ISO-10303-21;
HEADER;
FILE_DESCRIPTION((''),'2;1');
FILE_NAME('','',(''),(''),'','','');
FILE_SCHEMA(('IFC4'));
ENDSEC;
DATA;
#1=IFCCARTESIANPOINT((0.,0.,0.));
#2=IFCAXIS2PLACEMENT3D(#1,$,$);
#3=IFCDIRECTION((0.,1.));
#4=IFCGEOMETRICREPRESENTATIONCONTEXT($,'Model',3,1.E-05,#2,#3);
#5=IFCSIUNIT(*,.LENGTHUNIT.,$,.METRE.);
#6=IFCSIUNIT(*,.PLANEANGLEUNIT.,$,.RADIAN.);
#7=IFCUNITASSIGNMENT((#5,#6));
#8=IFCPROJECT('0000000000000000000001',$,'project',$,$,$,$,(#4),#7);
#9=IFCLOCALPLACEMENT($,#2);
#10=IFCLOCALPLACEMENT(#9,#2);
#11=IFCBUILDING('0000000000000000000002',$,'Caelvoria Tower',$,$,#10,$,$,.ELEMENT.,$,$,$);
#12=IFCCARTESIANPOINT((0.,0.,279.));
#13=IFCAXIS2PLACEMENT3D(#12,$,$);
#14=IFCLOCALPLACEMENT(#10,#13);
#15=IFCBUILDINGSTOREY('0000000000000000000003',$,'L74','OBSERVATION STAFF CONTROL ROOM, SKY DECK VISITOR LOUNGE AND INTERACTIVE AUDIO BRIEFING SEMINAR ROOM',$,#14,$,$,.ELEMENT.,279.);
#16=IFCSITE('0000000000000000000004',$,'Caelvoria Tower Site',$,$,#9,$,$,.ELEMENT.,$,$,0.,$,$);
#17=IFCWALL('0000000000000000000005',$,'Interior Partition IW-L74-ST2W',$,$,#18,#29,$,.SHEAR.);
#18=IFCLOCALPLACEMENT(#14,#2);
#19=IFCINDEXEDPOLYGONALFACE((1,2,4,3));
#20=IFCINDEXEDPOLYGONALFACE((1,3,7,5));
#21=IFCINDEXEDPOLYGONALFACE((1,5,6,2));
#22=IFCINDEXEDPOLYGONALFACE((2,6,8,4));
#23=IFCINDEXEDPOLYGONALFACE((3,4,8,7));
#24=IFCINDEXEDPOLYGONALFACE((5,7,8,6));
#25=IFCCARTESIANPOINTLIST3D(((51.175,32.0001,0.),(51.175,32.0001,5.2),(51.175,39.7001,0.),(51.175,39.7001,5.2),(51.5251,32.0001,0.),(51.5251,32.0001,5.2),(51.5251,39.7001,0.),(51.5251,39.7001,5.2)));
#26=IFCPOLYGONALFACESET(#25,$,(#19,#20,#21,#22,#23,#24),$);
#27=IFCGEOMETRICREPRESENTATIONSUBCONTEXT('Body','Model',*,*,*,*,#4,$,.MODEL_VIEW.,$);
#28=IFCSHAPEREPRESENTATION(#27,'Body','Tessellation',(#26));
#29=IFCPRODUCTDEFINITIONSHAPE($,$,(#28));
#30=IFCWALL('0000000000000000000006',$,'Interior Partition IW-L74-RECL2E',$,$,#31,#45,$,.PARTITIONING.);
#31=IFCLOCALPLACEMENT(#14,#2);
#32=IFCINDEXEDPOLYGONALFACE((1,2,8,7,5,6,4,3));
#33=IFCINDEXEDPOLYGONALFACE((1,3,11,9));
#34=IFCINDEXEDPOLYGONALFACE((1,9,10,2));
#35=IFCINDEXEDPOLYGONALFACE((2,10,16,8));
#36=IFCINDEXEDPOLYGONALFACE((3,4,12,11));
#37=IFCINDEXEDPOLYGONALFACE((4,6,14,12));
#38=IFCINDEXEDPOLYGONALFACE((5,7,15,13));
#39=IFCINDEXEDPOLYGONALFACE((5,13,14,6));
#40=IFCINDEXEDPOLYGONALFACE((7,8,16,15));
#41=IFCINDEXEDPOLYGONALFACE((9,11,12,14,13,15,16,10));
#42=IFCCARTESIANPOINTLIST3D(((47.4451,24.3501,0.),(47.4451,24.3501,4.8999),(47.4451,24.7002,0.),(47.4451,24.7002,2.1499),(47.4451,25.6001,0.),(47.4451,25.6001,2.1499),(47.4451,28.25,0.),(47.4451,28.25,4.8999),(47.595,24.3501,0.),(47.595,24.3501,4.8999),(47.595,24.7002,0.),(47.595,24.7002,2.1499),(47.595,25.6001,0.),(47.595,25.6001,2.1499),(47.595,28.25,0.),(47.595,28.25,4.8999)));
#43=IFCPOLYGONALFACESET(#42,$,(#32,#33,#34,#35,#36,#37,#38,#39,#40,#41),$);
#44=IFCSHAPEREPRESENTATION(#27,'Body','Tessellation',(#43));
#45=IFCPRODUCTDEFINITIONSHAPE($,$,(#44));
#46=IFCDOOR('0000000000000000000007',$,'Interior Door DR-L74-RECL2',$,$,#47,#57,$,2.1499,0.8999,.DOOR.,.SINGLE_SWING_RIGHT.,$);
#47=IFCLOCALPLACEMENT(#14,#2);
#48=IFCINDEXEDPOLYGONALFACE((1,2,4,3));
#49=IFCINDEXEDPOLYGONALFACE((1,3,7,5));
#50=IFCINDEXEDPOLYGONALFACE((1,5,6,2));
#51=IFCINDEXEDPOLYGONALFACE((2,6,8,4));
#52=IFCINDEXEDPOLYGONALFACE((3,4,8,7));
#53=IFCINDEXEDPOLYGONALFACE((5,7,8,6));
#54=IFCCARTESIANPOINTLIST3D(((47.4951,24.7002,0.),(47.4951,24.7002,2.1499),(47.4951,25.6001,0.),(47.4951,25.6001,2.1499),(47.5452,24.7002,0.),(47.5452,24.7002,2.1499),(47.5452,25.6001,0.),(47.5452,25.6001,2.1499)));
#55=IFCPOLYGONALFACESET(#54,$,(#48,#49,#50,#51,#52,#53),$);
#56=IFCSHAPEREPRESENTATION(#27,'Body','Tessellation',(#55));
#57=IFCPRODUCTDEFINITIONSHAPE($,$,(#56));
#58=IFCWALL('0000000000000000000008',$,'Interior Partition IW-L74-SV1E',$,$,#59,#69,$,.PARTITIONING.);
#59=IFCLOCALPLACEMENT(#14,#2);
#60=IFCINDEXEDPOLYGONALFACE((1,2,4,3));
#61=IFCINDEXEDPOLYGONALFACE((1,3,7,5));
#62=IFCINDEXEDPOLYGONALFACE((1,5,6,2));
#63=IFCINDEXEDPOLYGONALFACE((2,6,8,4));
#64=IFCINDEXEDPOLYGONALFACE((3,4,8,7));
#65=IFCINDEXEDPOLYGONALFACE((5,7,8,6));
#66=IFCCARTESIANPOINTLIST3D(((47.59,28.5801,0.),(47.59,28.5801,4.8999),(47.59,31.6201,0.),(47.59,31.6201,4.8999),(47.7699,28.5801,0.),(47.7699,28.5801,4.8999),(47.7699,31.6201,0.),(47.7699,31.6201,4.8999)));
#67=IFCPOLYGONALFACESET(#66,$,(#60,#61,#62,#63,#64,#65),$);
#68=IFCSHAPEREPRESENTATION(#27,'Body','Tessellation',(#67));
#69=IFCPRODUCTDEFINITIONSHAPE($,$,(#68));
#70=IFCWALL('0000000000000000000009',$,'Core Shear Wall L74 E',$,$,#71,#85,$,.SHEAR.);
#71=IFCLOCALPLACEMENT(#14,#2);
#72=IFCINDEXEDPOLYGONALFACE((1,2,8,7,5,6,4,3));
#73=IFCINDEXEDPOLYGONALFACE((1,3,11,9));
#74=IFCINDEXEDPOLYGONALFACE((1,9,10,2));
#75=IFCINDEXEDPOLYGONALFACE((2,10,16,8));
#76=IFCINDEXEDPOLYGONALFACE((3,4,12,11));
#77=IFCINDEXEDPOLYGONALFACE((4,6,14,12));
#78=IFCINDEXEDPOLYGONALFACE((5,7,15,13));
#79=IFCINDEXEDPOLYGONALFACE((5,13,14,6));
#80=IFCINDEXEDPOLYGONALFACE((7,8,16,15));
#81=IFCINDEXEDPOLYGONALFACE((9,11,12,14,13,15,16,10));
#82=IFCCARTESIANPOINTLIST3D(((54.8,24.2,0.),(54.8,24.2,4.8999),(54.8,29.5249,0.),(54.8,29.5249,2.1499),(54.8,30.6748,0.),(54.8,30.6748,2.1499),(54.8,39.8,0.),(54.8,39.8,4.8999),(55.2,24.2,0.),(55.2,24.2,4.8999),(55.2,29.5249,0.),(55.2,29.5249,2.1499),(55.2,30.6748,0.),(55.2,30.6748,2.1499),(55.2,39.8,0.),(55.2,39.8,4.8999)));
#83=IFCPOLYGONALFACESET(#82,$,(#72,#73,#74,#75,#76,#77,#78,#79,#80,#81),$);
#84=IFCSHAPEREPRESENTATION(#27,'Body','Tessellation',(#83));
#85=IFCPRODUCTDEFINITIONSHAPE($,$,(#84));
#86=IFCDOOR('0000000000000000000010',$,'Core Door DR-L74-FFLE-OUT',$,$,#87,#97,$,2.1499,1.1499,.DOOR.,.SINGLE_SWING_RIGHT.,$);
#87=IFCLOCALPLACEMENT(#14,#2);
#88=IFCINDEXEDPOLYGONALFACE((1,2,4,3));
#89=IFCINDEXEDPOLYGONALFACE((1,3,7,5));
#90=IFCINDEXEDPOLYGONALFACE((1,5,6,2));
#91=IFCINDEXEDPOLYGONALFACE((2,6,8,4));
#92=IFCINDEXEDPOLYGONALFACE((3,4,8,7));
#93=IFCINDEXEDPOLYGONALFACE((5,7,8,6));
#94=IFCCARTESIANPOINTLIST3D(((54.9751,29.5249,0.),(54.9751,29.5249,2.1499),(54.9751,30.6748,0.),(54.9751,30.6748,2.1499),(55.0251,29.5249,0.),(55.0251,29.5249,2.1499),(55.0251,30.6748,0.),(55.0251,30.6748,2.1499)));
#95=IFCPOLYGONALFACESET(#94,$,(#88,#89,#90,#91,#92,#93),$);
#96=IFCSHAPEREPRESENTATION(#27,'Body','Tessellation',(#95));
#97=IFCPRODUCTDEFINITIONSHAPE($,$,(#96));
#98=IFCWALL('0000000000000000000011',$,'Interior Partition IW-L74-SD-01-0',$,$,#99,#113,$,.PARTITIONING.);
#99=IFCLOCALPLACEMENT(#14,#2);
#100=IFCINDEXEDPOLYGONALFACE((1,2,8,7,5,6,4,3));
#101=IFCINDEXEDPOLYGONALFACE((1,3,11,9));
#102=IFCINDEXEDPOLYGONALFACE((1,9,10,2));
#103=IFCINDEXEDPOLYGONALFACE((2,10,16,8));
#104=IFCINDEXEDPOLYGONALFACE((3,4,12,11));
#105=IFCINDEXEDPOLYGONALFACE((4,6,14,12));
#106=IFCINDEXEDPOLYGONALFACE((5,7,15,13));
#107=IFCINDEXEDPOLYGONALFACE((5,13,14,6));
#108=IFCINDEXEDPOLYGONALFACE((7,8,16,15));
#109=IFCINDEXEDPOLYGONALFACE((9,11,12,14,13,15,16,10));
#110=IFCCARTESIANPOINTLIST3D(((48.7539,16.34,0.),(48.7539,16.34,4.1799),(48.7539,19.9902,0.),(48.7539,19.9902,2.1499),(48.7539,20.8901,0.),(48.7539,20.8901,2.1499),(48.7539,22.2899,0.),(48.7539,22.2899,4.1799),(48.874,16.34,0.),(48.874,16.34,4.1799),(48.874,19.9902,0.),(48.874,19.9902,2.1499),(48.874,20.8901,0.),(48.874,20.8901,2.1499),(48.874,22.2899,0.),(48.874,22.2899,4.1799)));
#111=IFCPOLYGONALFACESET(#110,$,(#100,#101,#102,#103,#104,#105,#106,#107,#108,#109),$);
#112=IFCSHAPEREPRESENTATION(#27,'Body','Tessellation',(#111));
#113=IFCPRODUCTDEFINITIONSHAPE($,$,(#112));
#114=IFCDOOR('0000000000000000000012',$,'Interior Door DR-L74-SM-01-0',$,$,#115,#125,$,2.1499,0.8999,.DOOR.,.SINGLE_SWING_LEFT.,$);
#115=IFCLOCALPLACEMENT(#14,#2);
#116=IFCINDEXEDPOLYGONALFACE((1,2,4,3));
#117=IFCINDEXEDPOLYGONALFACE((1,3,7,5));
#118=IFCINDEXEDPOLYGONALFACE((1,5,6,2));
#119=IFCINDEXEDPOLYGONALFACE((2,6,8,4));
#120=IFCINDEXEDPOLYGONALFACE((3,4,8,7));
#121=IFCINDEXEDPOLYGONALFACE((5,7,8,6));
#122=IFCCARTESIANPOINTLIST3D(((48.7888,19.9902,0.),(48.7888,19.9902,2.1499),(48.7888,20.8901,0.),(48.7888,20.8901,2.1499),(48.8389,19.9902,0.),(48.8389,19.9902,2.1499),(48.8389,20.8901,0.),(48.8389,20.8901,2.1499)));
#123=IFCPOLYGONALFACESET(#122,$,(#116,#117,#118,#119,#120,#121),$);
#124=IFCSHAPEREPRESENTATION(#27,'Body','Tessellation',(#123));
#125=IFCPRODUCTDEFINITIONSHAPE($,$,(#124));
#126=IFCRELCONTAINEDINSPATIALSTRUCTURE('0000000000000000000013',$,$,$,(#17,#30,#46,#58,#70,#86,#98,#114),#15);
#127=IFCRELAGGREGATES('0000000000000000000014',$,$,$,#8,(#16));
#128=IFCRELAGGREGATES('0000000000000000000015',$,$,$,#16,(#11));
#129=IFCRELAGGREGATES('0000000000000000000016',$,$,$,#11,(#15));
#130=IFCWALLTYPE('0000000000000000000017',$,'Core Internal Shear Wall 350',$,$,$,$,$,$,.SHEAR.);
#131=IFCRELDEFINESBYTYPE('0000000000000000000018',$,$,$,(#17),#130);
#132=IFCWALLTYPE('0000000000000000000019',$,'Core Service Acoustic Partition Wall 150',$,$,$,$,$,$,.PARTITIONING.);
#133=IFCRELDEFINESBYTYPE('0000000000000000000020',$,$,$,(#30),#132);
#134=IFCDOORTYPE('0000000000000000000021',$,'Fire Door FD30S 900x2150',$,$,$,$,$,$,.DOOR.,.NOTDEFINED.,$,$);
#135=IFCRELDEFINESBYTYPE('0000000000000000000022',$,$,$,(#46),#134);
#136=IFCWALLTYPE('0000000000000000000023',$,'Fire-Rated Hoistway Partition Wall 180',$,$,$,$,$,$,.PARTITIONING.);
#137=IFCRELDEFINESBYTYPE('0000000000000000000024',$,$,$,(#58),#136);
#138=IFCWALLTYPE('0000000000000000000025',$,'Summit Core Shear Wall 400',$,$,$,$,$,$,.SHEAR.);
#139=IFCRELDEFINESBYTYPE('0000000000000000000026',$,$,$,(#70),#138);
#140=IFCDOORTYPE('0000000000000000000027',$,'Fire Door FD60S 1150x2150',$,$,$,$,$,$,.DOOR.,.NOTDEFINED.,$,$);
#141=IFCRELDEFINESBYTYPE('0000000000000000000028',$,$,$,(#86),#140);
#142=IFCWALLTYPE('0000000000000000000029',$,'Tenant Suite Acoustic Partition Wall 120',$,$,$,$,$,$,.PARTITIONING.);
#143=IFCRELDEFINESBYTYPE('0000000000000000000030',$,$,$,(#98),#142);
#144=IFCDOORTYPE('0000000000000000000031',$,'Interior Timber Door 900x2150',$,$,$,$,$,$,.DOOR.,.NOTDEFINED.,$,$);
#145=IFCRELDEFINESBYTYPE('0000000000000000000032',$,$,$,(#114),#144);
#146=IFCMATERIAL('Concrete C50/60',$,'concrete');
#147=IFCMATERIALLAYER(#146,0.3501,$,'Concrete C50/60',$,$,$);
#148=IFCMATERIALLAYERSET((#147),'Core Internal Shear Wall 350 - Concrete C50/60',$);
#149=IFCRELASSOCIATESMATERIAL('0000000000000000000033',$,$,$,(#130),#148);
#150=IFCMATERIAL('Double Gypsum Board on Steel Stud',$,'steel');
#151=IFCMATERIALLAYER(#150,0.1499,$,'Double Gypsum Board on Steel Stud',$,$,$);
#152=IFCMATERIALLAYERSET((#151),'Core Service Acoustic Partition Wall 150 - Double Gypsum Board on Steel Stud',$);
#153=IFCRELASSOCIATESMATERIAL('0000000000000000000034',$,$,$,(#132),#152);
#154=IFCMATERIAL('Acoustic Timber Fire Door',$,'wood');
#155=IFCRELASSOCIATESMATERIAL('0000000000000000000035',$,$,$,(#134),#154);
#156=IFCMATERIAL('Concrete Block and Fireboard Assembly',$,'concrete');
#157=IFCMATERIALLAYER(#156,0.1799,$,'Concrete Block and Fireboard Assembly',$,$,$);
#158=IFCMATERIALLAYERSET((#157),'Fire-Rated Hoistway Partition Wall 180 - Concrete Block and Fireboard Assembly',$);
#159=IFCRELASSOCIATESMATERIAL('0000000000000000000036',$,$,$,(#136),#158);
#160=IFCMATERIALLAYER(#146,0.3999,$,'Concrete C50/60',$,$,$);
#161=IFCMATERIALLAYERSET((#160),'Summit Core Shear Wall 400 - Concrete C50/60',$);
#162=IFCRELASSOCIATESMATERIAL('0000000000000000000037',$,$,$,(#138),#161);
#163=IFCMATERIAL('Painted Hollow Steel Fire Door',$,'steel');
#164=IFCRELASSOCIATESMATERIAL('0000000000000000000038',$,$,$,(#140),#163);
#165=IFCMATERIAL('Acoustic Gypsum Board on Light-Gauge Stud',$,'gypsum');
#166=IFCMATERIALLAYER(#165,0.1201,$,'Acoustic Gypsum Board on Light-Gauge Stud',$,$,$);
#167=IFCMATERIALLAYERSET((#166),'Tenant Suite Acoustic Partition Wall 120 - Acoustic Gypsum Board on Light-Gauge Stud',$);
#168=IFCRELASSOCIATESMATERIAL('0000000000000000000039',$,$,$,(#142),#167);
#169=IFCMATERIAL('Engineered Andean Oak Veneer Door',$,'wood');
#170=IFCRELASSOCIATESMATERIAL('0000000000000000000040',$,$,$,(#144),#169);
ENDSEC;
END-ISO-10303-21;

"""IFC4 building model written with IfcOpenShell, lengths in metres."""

from ifc_helpers import new_model, si_unit, direction, frame, frame_2d, origin, place, context, subcontext, project, spatial, rectangle, extrude, material, layer, layer_set, type_object, element, fill, save


model = new_model("IFC4")

# Units and contexts
model_context = context("Model", 3, precision=1e-05, world=origin(), true_north=direction((0.0, 1.0)))
body_context = subcontext(model_context, "Body", "Model", "MODEL_VIEW")
ifc_project = project(units=[si_unit("LENGTHUNIT", "METRE"), si_unit("PLANEANGLEUNIT", "RADIAN")], contexts=[model_context])

# Site, building, storey
site_placement = place(None, origin())
site = spatial("IfcSite", under=ifc_project, at=site_placement, Name="Caelvoria Tower Site", CompositionType="ELEMENT", RefElevation=0.0)
building_placement = place(site_placement, origin())
building = spatial("IfcBuilding", under=site, at=building_placement, Name="Caelvoria Tower", CompositionType="ELEMENT")
storey_placement = place(building_placement, frame((0.0, 0.0, 279.0)))
storey = spatial("IfcBuildingStorey", under=building, at=storey_placement, Name="L74", Description="OBSERVATION STAFF CONTROL ROOM, SKY DECK VISITOR LOUNGE AND INTERACTIVE AUDIO BRIEFING SEMINAR ROOM", CompositionType="ELEMENT", Elevation=279.0)

# Wall
ifc_material_1 = material(Name="Concrete C50/60", Category="concrete")
ifc_layer_1 = layer(ifc_material_1, 0.3501, Name="Concrete C50/60")
ifc_layer_set_1 = layer_set([ifc_layer_1], Name="Core Internal Shear Wall 350 - Concrete C50/60")
wall_type_1 = type_object("IfcWallType", Name="Core Internal Shear Wall 350", PredefinedType="SHEAR", material=ifc_layer_set_1)
wall_1_placement = place(storey_placement, frame((51.3501, 32.0, 0.0), z_axis=(0.0, 0.0, 1.0), x_axis=(0.0, 1.0, 0.0)))
element("IfcWall", 1, at=wall_1_placement, inside=storey, type_object=wall_type_1, Name="Interior Partition IW-L74-ST2W", PredefinedType="SHEAR", context=body_context, shape_type="SweptSolid", body=[
    extrude(rectangle(XDim=7.7, YDim=0.3501, at=frame_2d((3.8501, 0.0))), origin(), (0.0, 0.0, 1.0), 5.2),
])

# Wall, opening, door
ifc_material_2 = material(Name="Double Gypsum Board on Steel Stud", Category="steel")
ifc_layer_2 = layer(ifc_material_2, 0.1499, Name="Double Gypsum Board on Steel Stud")
ifc_layer_set_2 = layer_set([ifc_layer_2], Name="Core Service Acoustic Partition Wall 150 - Double Gypsum Board on Steel Stud")
wall_type_2 = type_object("IfcWallType", Name="Core Service Acoustic Partition Wall 150", PredefinedType="PARTITIONING", material=ifc_layer_set_2)
wall_2_placement = place(storey_placement, frame((47.52, 24.3501, 0.0), z_axis=(0.0, 0.0, 1.0), x_axis=(0.0, 1.0, 0.0)))
wall_2 = element("IfcWall", 2, at=wall_2_placement, inside=storey, type_object=wall_type_2, Name="Interior Partition IW-L74-RECL2E", PredefinedType="PARTITIONING", context=body_context, shape_type="SweptSolid", body=[
    extrude(rectangle(XDim=3.8999, YDim=0.1499, at=frame_2d((1.95, 0.0))), origin(), (0.0, 0.0, 1.0), 4.8999),
])
opening_1_placement = place(wall_2_placement, frame((0.3501, 0.0, 0.0)))
opening_1 = element("IfcOpeningElement", 3, at=opening_1_placement, cuts=wall_2, PredefinedType="OPENING", context=body_context, shape_type="SweptSolid", body=[
    extrude(rectangle(XDim=0.8999, YDim=2.1499, at=frame_2d((0.45, 1.075))), frame((0.0, 0.085, 0.0), z_axis=(0.0, -1.0, 0.0), x_axis=(1.0, 0.0, 0.0)), (0.0, 0.0, 1.0), 0.1699),
])
ifc_material_3 = material(Name="Acoustic Timber Fire Door", Category="wood")
door_type_1 = type_object("IfcDoorType", Name="Fire Door FD30S 900x2150", OperationType="NOTDEFINED", PredefinedType="DOOR", material=ifc_material_3)
door_1_placement = place(opening_1_placement, origin())
door_1 = element("IfcDoor", 4, at=door_1_placement, inside=storey, type_object=door_type_1, Name="Interior Door DR-L74-RECL2", OperationType="SINGLE_SWING_RIGHT", OverallHeight=2.1499, OverallWidth=0.8999, PredefinedType="DOOR", context=body_context, shape_type="SweptSolid", body=[
    extrude(rectangle(XDim=0.8999, YDim=2.1499, at=frame_2d((0.45, 1.075))), frame((0.0, 0.0249, 0.0), z_axis=(0.0, -1.0, 0.0), x_axis=(1.0, 0.0, 0.0)), (0.0, 0.0, 1.0), 0.05),
])
fill(opening_1, door_1)

# Wall
ifc_material_4 = material(Name="Concrete Block and Fireboard Assembly", Category="concrete")
ifc_layer_3 = layer(ifc_material_4, 0.1799, Name="Concrete Block and Fireboard Assembly")
ifc_layer_set_3 = layer_set([ifc_layer_3], Name="Fire-Rated Hoistway Partition Wall 180 - Concrete Block and Fireboard Assembly")
wall_type_3 = type_object("IfcWallType", Name="Fire-Rated Hoistway Partition Wall 180", PredefinedType="PARTITIONING", material=ifc_layer_set_3)
wall_3_placement = place(storey_placement, frame((47.6799, 28.5801, 0.0), z_axis=(0.0, 0.0, 1.0), x_axis=(0.0, 1.0, 0.0)))
element("IfcWall", 5, at=wall_3_placement, inside=storey, type_object=wall_type_3, Name="Interior Partition IW-L74-SV1E", PredefinedType="PARTITIONING", context=body_context, shape_type="SweptSolid", body=[
    extrude(rectangle(XDim=3.04, YDim=0.1799, at=frame_2d((1.52, 0.0))), origin(), (0.0, 0.0, 1.0), 4.8999),
])

# Walls, openings, doors
ifc_layer_4 = layer(ifc_material_1, 0.3999, Name="Concrete C50/60")
ifc_layer_set_4 = layer_set([ifc_layer_4], Name="Summit Core Shear Wall 400 - Concrete C50/60")
wall_type_4 = type_object("IfcWallType", Name="Summit Core Shear Wall 400", PredefinedType="SHEAR", material=ifc_layer_set_4)
wall_4_placement = place(storey_placement, frame((55.0, 24.2, 0.0), z_axis=(0.0, 0.0, 1.0), x_axis=(0.0, 1.0, 0.0)))
wall_4 = element("IfcWall", 6, at=wall_4_placement, inside=storey, type_object=wall_type_4, Name="Core Shear Wall L74 E", PredefinedType="SHEAR", context=body_context, shape_type="SweptSolid", body=[
    extrude(rectangle(XDim=15.6001, YDim=0.3999, at=frame_2d((7.8, 0.0))), origin(), (0.0, 0.0, 1.0), 4.8999),
])
opening_2_placement = place(wall_4_placement, frame((5.325, 0.0, 0.0)))
opening_2 = element("IfcOpeningElement", 7, at=opening_2_placement, cuts=wall_4, PredefinedType="OPENING", context=body_context, shape_type="SweptSolid", body=[
    extrude(rectangle(XDim=1.1499, YDim=2.1499, at=frame_2d((0.575, 1.075))), frame((0.0, 0.21, 0.0), z_axis=(0.0, -1.0, 0.0), x_axis=(1.0, 0.0, 0.0)), (0.0, 0.0, 1.0), 0.4199),
])
ifc_material_5 = material(Name="Painted Hollow Steel Fire Door", Category="steel")
door_type_2 = type_object("IfcDoorType", Name="Fire Door FD60S 1150x2150", OperationType="NOTDEFINED", PredefinedType="DOOR", material=ifc_material_5)
door_2_placement = place(opening_2_placement, origin())
door_2 = element("IfcDoor", 8, at=door_2_placement, inside=storey, type_object=door_type_2, Name="Core Door DR-L74-FFLE-OUT", OperationType="SINGLE_SWING_RIGHT", OverallHeight=2.1499, OverallWidth=1.1499, PredefinedType="DOOR", context=body_context, shape_type="SweptSolid", body=[
    extrude(rectangle(XDim=1.1499, YDim=2.1499, at=frame_2d((0.575, 1.075))), frame((0.0, 0.0249, 0.0), z_axis=(0.0, -1.0, 0.0), x_axis=(1.0, 0.0, 0.0)), (0.0, 0.0, 1.0), 0.05),
])
fill(opening_2, door_2)
ifc_material_6 = material(Name="Acoustic Gypsum Board on Light-Gauge Stud", Category="gypsum")
ifc_layer_5 = layer(ifc_material_6, 0.1201, Name="Acoustic Gypsum Board on Light-Gauge Stud")
ifc_layer_set_5 = layer_set([ifc_layer_5], Name="Tenant Suite Acoustic Partition Wall 120 - Acoustic Gypsum Board on Light-Gauge Stud")
wall_type_5 = type_object("IfcWallType", Name="Tenant Suite Acoustic Partition Wall 120", PredefinedType="PARTITIONING", material=ifc_layer_set_5)
wall_5_placement = place(storey_placement, frame((48.814, 22.29, 0.0), z_axis=(0.0, 0.0, 1.0), x_axis=(0.0, -1.0, 0.0)))
wall_5 = element("IfcWall", 9, at=wall_5_placement, inside=storey, type_object=wall_type_5, Name="Interior Partition IW-L74-SD-01-0", PredefinedType="PARTITIONING", context=body_context, shape_type="SweptSolid", body=[
    extrude(rectangle(XDim=5.95, YDim=0.1201, at=frame_2d((2.9751, 0.0))), origin(), (0.0, 0.0, 1.0), 4.1799),
])
opening_3_placement = place(wall_5_placement, frame((1.3999, 0.0, 0.0)))
opening_3 = element("IfcOpeningElement", 10, at=opening_3_placement, cuts=wall_5, PredefinedType="OPENING", context=body_context, shape_type="SweptSolid", body=[
    extrude(rectangle(XDim=0.8999, YDim=2.1499, at=frame_2d((0.45, 1.075))), frame((0.0, 0.0701, 0.0), z_axis=(0.0, -1.0, 0.0), x_axis=(1.0, 0.0, 0.0)), (0.0, 0.0, 1.0), 0.1401),
])
ifc_material_7 = material(Name="Engineered Andean Oak Veneer Door", Category="wood")
door_type_3 = type_object("IfcDoorType", Name="Interior Timber Door 900x2150", OperationType="NOTDEFINED", PredefinedType="DOOR", material=ifc_material_7)
door_3_placement = place(opening_3_placement, origin())
door_3 = element("IfcDoor", 11, at=door_3_placement, inside=storey, type_object=door_type_3, Name="Interior Door DR-L74-SM-01-0", OperationType="SINGLE_SWING_LEFT", OverallHeight=2.1499, OverallWidth=0.8999, PredefinedType="DOOR", context=body_context, shape_type="SweptSolid", body=[
    extrude(rectangle(XDim=0.8999, YDim=2.1499, at=frame_2d((0.45, 1.075))), frame((0.0, 0.0249, 0.0), z_axis=(0.0, -1.0, 0.0), x_axis=(1.0, 0.0, 0.0)), (0.0, 0.0, 1.0), 0.05),
])
fill(opening_3, door_3)

save(model, "model.ifc")
